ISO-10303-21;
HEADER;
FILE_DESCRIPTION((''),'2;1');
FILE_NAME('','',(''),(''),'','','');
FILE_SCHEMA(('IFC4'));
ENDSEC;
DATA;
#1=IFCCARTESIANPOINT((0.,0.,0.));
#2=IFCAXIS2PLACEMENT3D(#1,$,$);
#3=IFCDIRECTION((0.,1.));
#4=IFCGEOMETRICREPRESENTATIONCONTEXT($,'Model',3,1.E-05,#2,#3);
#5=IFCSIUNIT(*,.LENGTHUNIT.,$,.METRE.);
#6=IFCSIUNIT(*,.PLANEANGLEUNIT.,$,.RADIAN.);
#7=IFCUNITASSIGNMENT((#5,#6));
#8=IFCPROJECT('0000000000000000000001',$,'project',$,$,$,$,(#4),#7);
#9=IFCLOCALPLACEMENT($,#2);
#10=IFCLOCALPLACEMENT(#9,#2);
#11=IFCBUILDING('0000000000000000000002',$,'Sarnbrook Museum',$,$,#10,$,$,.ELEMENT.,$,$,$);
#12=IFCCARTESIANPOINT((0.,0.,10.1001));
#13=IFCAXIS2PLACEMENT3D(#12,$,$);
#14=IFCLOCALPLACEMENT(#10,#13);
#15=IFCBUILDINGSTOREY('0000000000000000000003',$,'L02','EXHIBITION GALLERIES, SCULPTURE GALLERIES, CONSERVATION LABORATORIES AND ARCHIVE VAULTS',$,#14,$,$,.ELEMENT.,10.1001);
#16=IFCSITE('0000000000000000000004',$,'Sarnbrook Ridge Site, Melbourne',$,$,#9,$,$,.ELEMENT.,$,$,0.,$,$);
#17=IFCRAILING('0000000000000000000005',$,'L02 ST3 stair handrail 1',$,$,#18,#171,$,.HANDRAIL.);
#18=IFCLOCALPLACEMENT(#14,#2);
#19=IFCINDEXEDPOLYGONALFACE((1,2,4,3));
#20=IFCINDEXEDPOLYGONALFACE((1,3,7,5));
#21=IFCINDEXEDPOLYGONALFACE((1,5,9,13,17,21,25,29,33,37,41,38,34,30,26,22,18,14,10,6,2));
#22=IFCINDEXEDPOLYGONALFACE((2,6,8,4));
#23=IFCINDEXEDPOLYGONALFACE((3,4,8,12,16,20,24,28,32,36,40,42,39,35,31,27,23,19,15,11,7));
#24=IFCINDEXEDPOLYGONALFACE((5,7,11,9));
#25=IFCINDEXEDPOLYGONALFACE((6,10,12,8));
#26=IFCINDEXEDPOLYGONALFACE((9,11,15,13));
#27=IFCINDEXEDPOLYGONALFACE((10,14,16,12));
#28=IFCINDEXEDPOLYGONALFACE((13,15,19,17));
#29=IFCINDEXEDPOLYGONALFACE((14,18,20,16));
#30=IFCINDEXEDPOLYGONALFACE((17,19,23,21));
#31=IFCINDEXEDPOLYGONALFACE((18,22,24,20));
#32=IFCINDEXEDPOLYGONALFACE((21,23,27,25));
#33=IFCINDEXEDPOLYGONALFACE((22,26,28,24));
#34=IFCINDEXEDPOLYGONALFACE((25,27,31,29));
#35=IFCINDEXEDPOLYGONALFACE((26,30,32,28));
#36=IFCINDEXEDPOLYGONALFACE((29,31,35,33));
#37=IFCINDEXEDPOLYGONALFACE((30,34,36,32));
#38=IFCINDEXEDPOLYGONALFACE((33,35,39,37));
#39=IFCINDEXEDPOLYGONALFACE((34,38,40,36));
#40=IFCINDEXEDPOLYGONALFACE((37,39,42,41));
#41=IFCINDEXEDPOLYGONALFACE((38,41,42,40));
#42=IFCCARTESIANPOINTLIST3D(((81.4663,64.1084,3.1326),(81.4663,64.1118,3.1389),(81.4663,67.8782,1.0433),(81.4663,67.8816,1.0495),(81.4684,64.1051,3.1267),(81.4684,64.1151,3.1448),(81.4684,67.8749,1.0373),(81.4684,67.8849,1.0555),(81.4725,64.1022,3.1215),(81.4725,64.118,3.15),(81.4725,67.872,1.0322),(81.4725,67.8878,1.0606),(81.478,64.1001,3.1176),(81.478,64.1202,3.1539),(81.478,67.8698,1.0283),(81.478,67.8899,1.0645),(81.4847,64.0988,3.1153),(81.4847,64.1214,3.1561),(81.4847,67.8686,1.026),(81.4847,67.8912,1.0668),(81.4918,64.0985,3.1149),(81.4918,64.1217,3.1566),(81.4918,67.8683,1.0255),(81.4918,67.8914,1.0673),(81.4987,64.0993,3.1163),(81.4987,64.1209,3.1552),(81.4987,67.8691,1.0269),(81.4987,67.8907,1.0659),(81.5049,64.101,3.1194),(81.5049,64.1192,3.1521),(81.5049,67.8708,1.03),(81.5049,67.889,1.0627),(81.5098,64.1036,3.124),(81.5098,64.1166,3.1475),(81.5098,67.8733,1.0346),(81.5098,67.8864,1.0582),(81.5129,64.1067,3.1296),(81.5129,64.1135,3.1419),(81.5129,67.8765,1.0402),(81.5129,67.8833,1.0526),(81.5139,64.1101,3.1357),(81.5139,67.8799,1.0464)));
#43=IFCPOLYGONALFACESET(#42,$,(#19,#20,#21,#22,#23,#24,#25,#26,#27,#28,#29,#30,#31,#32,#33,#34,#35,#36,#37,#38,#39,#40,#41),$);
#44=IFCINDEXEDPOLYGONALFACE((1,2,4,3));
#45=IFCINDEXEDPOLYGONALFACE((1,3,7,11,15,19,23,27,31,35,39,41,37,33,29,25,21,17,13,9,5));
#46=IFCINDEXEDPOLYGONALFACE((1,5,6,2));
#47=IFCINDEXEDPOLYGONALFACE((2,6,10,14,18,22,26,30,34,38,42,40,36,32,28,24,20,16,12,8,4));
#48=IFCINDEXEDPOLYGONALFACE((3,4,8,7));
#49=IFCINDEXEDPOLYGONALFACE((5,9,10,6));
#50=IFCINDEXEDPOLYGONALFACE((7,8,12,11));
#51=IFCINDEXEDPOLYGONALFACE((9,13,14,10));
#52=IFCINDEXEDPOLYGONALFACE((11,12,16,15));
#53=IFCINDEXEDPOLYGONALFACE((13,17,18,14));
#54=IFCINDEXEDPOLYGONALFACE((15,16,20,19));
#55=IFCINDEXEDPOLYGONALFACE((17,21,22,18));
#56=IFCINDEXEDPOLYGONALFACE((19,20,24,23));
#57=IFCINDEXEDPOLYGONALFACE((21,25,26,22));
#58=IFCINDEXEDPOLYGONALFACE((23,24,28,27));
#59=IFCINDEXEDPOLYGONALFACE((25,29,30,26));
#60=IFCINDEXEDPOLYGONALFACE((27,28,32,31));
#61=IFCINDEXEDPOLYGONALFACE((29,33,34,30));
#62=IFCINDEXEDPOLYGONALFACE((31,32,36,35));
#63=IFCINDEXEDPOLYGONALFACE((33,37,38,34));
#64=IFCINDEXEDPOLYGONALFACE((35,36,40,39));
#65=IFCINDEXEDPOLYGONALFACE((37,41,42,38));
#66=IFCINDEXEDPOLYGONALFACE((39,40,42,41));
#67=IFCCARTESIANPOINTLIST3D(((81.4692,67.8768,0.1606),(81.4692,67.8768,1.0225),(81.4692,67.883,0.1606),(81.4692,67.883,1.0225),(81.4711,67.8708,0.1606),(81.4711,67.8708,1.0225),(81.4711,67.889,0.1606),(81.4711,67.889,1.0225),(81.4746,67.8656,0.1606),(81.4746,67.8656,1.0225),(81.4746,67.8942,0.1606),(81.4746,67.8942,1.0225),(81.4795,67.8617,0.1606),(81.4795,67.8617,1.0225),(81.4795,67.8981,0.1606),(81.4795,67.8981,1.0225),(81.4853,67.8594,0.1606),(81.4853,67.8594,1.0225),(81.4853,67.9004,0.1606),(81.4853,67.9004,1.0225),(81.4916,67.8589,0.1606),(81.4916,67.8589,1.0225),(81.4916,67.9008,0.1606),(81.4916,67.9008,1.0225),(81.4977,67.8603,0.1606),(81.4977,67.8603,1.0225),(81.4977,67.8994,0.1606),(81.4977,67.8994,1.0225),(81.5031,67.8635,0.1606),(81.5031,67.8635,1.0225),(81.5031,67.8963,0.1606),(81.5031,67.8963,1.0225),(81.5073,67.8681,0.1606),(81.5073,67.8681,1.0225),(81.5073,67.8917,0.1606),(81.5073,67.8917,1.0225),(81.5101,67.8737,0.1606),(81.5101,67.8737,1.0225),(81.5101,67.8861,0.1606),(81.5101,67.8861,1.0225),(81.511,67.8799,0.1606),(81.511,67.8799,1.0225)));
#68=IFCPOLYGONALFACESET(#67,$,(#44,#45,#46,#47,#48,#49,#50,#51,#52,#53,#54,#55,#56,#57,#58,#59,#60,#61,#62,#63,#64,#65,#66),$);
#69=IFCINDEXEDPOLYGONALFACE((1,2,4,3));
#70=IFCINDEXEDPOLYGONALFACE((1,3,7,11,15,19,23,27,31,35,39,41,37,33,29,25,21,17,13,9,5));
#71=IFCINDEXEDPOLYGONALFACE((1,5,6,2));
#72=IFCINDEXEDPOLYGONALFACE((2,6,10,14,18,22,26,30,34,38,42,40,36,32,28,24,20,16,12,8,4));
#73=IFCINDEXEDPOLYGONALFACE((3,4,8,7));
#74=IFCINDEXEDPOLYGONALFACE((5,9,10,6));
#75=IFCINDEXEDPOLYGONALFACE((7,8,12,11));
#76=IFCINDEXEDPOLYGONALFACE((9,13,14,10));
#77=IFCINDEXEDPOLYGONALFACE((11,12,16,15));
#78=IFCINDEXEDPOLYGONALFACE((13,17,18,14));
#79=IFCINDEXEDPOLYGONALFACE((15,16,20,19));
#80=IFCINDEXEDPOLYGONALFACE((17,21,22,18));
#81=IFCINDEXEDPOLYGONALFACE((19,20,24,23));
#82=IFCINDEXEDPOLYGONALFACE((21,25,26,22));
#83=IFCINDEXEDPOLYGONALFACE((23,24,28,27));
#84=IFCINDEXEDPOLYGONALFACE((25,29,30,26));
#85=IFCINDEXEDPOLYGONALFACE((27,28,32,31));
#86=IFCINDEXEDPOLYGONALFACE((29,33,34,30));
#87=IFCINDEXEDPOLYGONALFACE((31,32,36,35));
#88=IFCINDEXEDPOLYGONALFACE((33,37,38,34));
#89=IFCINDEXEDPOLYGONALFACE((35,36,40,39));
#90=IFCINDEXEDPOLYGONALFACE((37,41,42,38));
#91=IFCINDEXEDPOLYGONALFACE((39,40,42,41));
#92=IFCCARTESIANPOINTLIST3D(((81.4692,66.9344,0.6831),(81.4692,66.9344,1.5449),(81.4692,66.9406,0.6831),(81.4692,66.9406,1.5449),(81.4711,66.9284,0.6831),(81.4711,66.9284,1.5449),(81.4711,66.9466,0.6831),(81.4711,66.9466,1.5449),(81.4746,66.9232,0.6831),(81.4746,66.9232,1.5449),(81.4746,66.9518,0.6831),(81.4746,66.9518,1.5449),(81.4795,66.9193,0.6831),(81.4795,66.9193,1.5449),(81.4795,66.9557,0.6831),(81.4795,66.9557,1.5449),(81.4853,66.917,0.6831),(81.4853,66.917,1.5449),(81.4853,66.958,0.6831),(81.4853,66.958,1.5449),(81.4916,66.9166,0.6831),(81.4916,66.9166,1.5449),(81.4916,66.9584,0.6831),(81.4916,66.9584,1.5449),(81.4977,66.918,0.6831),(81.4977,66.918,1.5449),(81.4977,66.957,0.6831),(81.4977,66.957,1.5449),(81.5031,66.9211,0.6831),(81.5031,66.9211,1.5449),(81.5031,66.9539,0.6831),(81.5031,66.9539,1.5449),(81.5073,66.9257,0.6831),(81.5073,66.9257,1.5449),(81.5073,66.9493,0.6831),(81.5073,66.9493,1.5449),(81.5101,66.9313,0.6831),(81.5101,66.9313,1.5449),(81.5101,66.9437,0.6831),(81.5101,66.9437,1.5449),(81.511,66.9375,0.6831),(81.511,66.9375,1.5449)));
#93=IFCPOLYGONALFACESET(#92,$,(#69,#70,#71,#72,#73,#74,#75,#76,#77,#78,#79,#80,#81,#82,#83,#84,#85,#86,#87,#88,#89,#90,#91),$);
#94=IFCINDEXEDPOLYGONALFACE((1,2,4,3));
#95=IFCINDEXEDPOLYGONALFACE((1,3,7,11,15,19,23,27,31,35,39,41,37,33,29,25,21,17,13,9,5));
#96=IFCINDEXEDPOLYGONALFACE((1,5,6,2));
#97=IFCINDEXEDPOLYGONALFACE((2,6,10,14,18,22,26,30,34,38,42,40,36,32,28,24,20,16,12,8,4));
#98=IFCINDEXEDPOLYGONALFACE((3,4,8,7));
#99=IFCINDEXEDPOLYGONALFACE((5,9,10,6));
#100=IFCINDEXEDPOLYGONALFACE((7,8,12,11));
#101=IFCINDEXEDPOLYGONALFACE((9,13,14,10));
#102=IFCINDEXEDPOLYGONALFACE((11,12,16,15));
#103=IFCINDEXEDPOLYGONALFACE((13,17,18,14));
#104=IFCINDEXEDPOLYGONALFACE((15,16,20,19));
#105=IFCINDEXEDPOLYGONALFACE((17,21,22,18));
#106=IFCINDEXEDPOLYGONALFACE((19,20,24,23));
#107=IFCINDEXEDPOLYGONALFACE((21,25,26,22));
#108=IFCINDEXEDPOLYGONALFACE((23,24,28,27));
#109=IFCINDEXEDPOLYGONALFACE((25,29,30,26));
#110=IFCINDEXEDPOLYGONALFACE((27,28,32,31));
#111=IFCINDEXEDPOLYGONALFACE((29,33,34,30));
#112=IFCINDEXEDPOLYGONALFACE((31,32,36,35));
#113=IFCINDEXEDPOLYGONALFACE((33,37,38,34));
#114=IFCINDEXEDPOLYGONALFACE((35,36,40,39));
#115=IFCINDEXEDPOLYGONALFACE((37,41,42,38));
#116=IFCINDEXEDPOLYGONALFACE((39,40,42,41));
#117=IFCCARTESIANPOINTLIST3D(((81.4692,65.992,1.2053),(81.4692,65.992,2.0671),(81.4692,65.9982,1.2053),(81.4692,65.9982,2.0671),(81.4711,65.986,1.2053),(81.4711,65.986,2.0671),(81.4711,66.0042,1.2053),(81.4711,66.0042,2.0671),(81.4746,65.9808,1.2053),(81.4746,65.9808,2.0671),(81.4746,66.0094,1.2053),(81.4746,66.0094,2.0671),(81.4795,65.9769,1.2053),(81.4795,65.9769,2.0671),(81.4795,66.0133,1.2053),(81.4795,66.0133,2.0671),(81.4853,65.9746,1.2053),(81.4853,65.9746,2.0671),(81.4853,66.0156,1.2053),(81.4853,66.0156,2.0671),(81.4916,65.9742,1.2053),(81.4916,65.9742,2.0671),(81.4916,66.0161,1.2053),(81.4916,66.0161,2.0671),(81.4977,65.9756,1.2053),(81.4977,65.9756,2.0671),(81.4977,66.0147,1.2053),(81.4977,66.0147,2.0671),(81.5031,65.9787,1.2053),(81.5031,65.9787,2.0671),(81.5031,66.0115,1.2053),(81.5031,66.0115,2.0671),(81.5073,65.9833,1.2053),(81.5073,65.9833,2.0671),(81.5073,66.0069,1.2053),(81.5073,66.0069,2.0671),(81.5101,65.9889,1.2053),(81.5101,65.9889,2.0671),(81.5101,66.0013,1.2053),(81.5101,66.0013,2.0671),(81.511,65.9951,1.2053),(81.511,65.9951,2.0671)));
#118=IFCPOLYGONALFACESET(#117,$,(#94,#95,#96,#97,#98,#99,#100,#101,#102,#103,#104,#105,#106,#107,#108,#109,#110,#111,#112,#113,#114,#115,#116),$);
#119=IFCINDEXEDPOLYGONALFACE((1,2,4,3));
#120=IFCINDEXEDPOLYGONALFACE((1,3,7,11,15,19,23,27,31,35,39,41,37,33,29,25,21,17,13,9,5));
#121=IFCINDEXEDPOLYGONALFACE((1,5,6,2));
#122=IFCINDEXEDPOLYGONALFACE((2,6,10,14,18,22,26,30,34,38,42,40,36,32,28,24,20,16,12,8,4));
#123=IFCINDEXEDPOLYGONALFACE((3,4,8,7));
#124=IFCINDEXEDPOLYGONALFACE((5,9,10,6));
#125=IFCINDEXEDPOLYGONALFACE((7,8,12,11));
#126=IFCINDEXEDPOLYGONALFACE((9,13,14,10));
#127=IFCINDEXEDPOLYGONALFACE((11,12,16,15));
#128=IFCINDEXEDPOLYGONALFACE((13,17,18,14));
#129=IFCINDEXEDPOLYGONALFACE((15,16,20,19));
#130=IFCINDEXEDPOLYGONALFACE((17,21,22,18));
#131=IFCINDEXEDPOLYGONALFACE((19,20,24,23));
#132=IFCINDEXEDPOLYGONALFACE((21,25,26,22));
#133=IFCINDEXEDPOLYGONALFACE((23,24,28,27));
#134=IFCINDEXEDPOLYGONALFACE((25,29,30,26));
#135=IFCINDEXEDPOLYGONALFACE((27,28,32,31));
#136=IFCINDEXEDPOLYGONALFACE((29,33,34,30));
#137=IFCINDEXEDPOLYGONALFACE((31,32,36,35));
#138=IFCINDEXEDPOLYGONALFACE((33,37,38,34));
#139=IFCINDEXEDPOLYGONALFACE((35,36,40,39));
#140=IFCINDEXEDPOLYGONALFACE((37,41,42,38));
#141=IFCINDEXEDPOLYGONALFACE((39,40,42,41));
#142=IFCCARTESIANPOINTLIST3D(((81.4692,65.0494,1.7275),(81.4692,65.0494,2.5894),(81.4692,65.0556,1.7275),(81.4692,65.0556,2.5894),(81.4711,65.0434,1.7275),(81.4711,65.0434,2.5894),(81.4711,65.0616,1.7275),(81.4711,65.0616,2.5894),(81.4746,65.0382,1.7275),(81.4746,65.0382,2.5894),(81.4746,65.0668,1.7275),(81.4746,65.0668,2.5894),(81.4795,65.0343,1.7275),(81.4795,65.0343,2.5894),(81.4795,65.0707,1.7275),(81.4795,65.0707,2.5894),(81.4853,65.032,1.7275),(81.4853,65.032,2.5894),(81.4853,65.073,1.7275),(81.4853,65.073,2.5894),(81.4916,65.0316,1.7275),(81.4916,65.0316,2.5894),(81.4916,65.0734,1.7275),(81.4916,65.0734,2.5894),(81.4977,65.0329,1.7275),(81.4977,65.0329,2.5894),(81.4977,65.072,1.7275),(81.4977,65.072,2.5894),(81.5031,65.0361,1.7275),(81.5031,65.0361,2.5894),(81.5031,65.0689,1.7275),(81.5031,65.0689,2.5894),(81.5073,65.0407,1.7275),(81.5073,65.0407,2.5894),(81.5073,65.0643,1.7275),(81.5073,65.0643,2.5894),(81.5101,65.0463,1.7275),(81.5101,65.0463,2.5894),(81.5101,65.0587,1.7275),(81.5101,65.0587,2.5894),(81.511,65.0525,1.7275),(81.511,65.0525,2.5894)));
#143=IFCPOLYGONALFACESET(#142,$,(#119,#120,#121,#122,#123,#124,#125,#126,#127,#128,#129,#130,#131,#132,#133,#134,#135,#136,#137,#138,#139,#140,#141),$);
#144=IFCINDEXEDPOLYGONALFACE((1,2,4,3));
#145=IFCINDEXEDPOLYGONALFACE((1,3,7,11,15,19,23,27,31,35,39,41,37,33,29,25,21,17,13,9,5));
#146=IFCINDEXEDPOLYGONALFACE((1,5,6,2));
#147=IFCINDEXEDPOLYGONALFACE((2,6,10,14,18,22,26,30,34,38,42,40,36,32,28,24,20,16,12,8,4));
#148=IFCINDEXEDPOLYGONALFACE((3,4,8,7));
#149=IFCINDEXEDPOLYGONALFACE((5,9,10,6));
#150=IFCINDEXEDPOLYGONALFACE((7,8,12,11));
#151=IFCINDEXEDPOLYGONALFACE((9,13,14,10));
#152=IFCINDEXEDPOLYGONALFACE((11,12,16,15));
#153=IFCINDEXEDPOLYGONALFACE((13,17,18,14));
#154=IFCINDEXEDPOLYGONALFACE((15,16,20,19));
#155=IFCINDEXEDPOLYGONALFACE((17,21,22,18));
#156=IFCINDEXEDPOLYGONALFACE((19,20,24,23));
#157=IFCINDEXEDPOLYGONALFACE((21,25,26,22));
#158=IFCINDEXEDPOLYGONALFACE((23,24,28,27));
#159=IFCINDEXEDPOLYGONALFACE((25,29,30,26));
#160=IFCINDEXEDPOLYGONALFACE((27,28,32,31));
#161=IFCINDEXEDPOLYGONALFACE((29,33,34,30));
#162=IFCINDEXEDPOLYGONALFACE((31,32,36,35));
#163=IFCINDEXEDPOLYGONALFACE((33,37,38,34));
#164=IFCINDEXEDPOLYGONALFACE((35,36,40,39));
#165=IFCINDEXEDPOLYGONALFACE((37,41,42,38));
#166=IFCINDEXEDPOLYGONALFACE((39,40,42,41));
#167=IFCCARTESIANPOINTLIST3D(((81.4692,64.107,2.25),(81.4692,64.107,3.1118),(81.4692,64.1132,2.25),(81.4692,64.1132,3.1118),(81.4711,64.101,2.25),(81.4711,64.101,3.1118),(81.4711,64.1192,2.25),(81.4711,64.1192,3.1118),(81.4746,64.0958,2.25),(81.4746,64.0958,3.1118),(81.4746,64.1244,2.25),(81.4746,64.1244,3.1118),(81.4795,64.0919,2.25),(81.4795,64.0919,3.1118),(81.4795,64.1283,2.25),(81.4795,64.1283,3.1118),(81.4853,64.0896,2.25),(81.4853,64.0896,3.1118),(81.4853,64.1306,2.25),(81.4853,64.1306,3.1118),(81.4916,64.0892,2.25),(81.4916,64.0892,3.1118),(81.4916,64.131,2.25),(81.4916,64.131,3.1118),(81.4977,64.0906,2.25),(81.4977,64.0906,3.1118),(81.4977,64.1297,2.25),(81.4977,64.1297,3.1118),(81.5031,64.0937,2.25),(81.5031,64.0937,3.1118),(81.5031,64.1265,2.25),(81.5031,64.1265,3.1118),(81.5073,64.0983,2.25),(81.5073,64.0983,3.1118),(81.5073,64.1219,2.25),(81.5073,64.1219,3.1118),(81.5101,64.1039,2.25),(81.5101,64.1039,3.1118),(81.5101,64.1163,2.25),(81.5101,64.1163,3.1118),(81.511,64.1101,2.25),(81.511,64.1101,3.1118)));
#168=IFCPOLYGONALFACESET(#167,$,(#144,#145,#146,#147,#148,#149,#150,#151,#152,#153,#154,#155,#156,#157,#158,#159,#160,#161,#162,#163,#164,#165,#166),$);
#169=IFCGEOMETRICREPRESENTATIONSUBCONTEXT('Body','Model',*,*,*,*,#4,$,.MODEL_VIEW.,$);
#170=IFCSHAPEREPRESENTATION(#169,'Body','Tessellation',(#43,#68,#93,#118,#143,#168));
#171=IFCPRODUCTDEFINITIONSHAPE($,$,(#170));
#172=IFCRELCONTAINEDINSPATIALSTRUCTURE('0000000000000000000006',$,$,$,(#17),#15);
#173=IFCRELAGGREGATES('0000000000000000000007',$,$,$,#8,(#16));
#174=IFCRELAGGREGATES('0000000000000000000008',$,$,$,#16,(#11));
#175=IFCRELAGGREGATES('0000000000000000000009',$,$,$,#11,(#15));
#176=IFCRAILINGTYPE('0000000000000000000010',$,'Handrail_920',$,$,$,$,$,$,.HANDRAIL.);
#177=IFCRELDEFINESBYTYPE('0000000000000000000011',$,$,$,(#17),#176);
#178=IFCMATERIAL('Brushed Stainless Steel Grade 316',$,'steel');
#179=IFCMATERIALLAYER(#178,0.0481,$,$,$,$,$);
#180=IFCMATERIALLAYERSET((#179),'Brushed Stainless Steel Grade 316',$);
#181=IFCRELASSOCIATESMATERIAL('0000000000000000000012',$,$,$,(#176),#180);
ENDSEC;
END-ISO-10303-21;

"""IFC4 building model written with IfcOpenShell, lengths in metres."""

from ifc_helpers import new_model, si_unit, direction, frame, origin, origin_2d, place, context, subcontext, project, spatial, circle, extrude, material, layer, layer_set, type_object, element, save


model = new_model("IFC4")

# Units and contexts
model_context = context("Model", 3, precision=1e-05, world=origin(), true_north=direction((0.0, 1.0)))
body_context = subcontext(model_context, "Body", "Model", "MODEL_VIEW")
ifc_project = project(units=[si_unit("LENGTHUNIT", "METRE"), si_unit("PLANEANGLEUNIT", "RADIAN")], contexts=[model_context])

# Site, building, storey
site_placement = place(None, origin())
site = spatial("IfcSite", under=ifc_project, at=site_placement, Name="Sarnbrook Ridge Site, Melbourne", CompositionType="ELEMENT", RefElevation=0.0)
building_placement = place(site_placement, origin())
building = spatial("IfcBuilding", under=site, at=building_placement, Name="Sarnbrook Museum", CompositionType="ELEMENT")
storey_placement = place(building_placement, frame((0.0, 0.0, 10.1001)))
storey = spatial("IfcBuildingStorey", under=building, at=storey_placement, Name="L02", Description="EXHIBITION GALLERIES, SCULPTURE GALLERIES, CONSERVATION LABORATORIES AND ARCHIVE VAULTS", CompositionType="ELEMENT", Elevation=10.1001)

# Shared definitions
ifc_material_1 = material(Name="Brushed Stainless Steel Grade 316", Category="steel")

# Railing
ifc_layer_1 = layer(ifc_material_1, 0.0481)
ifc_layer_set_1 = layer_set([ifc_layer_1], Name="Brushed Stainless Steel Grade 316")
railing_type_1 = type_object("IfcRailingType", Name="Handrail_920", PredefinedType="HANDRAIL", material=ifc_layer_set_1)
railing_1_placement = place(storey_placement, frame((81.49, 67.8799, 0.1606)))
element("IfcRailing", 1, at=railing_1_placement, inside=storey, type_object=railing_type_1, Name="L02 ST3 stair handrail 1", PredefinedType="HANDRAIL", context=body_context, shape_type="SweptSolid", body=[
    extrude(circle(Radius=0.0239, at=origin_2d()), frame((0.0, 0.0, 0.8857), z_axis=(0.0, -0.874646, 0.484763), x_axis=(1.0, 0.0, 0.0)), (0.0, 0.0, 1.0), 4.3101),
    extrude(circle(Radius=0.021, at=origin_2d()), origin(), (0.0, 0.0, 1.0), 0.8618),
    extrude(circle(Radius=0.021, at=origin_2d()), frame((0.0, -0.9424, 0.5225)), (0.0, 0.0, 1.0), 0.8618),
    extrude(circle(Radius=0.021, at=origin_2d()), frame((0.0, -1.8848, 1.0447)), (0.0, 0.0, 1.0), 0.8618),
    extrude(circle(Radius=0.021, at=origin_2d()), frame((0.0, -2.8274, 1.5669)), (0.0, 0.0, 1.0), 0.8618),
    extrude(circle(Radius=0.021, at=origin_2d()), frame((0.0, -3.7698, 2.0894)), (0.0, 0.0, 1.0), 0.8618),
])

save(model, "model.ifc")
